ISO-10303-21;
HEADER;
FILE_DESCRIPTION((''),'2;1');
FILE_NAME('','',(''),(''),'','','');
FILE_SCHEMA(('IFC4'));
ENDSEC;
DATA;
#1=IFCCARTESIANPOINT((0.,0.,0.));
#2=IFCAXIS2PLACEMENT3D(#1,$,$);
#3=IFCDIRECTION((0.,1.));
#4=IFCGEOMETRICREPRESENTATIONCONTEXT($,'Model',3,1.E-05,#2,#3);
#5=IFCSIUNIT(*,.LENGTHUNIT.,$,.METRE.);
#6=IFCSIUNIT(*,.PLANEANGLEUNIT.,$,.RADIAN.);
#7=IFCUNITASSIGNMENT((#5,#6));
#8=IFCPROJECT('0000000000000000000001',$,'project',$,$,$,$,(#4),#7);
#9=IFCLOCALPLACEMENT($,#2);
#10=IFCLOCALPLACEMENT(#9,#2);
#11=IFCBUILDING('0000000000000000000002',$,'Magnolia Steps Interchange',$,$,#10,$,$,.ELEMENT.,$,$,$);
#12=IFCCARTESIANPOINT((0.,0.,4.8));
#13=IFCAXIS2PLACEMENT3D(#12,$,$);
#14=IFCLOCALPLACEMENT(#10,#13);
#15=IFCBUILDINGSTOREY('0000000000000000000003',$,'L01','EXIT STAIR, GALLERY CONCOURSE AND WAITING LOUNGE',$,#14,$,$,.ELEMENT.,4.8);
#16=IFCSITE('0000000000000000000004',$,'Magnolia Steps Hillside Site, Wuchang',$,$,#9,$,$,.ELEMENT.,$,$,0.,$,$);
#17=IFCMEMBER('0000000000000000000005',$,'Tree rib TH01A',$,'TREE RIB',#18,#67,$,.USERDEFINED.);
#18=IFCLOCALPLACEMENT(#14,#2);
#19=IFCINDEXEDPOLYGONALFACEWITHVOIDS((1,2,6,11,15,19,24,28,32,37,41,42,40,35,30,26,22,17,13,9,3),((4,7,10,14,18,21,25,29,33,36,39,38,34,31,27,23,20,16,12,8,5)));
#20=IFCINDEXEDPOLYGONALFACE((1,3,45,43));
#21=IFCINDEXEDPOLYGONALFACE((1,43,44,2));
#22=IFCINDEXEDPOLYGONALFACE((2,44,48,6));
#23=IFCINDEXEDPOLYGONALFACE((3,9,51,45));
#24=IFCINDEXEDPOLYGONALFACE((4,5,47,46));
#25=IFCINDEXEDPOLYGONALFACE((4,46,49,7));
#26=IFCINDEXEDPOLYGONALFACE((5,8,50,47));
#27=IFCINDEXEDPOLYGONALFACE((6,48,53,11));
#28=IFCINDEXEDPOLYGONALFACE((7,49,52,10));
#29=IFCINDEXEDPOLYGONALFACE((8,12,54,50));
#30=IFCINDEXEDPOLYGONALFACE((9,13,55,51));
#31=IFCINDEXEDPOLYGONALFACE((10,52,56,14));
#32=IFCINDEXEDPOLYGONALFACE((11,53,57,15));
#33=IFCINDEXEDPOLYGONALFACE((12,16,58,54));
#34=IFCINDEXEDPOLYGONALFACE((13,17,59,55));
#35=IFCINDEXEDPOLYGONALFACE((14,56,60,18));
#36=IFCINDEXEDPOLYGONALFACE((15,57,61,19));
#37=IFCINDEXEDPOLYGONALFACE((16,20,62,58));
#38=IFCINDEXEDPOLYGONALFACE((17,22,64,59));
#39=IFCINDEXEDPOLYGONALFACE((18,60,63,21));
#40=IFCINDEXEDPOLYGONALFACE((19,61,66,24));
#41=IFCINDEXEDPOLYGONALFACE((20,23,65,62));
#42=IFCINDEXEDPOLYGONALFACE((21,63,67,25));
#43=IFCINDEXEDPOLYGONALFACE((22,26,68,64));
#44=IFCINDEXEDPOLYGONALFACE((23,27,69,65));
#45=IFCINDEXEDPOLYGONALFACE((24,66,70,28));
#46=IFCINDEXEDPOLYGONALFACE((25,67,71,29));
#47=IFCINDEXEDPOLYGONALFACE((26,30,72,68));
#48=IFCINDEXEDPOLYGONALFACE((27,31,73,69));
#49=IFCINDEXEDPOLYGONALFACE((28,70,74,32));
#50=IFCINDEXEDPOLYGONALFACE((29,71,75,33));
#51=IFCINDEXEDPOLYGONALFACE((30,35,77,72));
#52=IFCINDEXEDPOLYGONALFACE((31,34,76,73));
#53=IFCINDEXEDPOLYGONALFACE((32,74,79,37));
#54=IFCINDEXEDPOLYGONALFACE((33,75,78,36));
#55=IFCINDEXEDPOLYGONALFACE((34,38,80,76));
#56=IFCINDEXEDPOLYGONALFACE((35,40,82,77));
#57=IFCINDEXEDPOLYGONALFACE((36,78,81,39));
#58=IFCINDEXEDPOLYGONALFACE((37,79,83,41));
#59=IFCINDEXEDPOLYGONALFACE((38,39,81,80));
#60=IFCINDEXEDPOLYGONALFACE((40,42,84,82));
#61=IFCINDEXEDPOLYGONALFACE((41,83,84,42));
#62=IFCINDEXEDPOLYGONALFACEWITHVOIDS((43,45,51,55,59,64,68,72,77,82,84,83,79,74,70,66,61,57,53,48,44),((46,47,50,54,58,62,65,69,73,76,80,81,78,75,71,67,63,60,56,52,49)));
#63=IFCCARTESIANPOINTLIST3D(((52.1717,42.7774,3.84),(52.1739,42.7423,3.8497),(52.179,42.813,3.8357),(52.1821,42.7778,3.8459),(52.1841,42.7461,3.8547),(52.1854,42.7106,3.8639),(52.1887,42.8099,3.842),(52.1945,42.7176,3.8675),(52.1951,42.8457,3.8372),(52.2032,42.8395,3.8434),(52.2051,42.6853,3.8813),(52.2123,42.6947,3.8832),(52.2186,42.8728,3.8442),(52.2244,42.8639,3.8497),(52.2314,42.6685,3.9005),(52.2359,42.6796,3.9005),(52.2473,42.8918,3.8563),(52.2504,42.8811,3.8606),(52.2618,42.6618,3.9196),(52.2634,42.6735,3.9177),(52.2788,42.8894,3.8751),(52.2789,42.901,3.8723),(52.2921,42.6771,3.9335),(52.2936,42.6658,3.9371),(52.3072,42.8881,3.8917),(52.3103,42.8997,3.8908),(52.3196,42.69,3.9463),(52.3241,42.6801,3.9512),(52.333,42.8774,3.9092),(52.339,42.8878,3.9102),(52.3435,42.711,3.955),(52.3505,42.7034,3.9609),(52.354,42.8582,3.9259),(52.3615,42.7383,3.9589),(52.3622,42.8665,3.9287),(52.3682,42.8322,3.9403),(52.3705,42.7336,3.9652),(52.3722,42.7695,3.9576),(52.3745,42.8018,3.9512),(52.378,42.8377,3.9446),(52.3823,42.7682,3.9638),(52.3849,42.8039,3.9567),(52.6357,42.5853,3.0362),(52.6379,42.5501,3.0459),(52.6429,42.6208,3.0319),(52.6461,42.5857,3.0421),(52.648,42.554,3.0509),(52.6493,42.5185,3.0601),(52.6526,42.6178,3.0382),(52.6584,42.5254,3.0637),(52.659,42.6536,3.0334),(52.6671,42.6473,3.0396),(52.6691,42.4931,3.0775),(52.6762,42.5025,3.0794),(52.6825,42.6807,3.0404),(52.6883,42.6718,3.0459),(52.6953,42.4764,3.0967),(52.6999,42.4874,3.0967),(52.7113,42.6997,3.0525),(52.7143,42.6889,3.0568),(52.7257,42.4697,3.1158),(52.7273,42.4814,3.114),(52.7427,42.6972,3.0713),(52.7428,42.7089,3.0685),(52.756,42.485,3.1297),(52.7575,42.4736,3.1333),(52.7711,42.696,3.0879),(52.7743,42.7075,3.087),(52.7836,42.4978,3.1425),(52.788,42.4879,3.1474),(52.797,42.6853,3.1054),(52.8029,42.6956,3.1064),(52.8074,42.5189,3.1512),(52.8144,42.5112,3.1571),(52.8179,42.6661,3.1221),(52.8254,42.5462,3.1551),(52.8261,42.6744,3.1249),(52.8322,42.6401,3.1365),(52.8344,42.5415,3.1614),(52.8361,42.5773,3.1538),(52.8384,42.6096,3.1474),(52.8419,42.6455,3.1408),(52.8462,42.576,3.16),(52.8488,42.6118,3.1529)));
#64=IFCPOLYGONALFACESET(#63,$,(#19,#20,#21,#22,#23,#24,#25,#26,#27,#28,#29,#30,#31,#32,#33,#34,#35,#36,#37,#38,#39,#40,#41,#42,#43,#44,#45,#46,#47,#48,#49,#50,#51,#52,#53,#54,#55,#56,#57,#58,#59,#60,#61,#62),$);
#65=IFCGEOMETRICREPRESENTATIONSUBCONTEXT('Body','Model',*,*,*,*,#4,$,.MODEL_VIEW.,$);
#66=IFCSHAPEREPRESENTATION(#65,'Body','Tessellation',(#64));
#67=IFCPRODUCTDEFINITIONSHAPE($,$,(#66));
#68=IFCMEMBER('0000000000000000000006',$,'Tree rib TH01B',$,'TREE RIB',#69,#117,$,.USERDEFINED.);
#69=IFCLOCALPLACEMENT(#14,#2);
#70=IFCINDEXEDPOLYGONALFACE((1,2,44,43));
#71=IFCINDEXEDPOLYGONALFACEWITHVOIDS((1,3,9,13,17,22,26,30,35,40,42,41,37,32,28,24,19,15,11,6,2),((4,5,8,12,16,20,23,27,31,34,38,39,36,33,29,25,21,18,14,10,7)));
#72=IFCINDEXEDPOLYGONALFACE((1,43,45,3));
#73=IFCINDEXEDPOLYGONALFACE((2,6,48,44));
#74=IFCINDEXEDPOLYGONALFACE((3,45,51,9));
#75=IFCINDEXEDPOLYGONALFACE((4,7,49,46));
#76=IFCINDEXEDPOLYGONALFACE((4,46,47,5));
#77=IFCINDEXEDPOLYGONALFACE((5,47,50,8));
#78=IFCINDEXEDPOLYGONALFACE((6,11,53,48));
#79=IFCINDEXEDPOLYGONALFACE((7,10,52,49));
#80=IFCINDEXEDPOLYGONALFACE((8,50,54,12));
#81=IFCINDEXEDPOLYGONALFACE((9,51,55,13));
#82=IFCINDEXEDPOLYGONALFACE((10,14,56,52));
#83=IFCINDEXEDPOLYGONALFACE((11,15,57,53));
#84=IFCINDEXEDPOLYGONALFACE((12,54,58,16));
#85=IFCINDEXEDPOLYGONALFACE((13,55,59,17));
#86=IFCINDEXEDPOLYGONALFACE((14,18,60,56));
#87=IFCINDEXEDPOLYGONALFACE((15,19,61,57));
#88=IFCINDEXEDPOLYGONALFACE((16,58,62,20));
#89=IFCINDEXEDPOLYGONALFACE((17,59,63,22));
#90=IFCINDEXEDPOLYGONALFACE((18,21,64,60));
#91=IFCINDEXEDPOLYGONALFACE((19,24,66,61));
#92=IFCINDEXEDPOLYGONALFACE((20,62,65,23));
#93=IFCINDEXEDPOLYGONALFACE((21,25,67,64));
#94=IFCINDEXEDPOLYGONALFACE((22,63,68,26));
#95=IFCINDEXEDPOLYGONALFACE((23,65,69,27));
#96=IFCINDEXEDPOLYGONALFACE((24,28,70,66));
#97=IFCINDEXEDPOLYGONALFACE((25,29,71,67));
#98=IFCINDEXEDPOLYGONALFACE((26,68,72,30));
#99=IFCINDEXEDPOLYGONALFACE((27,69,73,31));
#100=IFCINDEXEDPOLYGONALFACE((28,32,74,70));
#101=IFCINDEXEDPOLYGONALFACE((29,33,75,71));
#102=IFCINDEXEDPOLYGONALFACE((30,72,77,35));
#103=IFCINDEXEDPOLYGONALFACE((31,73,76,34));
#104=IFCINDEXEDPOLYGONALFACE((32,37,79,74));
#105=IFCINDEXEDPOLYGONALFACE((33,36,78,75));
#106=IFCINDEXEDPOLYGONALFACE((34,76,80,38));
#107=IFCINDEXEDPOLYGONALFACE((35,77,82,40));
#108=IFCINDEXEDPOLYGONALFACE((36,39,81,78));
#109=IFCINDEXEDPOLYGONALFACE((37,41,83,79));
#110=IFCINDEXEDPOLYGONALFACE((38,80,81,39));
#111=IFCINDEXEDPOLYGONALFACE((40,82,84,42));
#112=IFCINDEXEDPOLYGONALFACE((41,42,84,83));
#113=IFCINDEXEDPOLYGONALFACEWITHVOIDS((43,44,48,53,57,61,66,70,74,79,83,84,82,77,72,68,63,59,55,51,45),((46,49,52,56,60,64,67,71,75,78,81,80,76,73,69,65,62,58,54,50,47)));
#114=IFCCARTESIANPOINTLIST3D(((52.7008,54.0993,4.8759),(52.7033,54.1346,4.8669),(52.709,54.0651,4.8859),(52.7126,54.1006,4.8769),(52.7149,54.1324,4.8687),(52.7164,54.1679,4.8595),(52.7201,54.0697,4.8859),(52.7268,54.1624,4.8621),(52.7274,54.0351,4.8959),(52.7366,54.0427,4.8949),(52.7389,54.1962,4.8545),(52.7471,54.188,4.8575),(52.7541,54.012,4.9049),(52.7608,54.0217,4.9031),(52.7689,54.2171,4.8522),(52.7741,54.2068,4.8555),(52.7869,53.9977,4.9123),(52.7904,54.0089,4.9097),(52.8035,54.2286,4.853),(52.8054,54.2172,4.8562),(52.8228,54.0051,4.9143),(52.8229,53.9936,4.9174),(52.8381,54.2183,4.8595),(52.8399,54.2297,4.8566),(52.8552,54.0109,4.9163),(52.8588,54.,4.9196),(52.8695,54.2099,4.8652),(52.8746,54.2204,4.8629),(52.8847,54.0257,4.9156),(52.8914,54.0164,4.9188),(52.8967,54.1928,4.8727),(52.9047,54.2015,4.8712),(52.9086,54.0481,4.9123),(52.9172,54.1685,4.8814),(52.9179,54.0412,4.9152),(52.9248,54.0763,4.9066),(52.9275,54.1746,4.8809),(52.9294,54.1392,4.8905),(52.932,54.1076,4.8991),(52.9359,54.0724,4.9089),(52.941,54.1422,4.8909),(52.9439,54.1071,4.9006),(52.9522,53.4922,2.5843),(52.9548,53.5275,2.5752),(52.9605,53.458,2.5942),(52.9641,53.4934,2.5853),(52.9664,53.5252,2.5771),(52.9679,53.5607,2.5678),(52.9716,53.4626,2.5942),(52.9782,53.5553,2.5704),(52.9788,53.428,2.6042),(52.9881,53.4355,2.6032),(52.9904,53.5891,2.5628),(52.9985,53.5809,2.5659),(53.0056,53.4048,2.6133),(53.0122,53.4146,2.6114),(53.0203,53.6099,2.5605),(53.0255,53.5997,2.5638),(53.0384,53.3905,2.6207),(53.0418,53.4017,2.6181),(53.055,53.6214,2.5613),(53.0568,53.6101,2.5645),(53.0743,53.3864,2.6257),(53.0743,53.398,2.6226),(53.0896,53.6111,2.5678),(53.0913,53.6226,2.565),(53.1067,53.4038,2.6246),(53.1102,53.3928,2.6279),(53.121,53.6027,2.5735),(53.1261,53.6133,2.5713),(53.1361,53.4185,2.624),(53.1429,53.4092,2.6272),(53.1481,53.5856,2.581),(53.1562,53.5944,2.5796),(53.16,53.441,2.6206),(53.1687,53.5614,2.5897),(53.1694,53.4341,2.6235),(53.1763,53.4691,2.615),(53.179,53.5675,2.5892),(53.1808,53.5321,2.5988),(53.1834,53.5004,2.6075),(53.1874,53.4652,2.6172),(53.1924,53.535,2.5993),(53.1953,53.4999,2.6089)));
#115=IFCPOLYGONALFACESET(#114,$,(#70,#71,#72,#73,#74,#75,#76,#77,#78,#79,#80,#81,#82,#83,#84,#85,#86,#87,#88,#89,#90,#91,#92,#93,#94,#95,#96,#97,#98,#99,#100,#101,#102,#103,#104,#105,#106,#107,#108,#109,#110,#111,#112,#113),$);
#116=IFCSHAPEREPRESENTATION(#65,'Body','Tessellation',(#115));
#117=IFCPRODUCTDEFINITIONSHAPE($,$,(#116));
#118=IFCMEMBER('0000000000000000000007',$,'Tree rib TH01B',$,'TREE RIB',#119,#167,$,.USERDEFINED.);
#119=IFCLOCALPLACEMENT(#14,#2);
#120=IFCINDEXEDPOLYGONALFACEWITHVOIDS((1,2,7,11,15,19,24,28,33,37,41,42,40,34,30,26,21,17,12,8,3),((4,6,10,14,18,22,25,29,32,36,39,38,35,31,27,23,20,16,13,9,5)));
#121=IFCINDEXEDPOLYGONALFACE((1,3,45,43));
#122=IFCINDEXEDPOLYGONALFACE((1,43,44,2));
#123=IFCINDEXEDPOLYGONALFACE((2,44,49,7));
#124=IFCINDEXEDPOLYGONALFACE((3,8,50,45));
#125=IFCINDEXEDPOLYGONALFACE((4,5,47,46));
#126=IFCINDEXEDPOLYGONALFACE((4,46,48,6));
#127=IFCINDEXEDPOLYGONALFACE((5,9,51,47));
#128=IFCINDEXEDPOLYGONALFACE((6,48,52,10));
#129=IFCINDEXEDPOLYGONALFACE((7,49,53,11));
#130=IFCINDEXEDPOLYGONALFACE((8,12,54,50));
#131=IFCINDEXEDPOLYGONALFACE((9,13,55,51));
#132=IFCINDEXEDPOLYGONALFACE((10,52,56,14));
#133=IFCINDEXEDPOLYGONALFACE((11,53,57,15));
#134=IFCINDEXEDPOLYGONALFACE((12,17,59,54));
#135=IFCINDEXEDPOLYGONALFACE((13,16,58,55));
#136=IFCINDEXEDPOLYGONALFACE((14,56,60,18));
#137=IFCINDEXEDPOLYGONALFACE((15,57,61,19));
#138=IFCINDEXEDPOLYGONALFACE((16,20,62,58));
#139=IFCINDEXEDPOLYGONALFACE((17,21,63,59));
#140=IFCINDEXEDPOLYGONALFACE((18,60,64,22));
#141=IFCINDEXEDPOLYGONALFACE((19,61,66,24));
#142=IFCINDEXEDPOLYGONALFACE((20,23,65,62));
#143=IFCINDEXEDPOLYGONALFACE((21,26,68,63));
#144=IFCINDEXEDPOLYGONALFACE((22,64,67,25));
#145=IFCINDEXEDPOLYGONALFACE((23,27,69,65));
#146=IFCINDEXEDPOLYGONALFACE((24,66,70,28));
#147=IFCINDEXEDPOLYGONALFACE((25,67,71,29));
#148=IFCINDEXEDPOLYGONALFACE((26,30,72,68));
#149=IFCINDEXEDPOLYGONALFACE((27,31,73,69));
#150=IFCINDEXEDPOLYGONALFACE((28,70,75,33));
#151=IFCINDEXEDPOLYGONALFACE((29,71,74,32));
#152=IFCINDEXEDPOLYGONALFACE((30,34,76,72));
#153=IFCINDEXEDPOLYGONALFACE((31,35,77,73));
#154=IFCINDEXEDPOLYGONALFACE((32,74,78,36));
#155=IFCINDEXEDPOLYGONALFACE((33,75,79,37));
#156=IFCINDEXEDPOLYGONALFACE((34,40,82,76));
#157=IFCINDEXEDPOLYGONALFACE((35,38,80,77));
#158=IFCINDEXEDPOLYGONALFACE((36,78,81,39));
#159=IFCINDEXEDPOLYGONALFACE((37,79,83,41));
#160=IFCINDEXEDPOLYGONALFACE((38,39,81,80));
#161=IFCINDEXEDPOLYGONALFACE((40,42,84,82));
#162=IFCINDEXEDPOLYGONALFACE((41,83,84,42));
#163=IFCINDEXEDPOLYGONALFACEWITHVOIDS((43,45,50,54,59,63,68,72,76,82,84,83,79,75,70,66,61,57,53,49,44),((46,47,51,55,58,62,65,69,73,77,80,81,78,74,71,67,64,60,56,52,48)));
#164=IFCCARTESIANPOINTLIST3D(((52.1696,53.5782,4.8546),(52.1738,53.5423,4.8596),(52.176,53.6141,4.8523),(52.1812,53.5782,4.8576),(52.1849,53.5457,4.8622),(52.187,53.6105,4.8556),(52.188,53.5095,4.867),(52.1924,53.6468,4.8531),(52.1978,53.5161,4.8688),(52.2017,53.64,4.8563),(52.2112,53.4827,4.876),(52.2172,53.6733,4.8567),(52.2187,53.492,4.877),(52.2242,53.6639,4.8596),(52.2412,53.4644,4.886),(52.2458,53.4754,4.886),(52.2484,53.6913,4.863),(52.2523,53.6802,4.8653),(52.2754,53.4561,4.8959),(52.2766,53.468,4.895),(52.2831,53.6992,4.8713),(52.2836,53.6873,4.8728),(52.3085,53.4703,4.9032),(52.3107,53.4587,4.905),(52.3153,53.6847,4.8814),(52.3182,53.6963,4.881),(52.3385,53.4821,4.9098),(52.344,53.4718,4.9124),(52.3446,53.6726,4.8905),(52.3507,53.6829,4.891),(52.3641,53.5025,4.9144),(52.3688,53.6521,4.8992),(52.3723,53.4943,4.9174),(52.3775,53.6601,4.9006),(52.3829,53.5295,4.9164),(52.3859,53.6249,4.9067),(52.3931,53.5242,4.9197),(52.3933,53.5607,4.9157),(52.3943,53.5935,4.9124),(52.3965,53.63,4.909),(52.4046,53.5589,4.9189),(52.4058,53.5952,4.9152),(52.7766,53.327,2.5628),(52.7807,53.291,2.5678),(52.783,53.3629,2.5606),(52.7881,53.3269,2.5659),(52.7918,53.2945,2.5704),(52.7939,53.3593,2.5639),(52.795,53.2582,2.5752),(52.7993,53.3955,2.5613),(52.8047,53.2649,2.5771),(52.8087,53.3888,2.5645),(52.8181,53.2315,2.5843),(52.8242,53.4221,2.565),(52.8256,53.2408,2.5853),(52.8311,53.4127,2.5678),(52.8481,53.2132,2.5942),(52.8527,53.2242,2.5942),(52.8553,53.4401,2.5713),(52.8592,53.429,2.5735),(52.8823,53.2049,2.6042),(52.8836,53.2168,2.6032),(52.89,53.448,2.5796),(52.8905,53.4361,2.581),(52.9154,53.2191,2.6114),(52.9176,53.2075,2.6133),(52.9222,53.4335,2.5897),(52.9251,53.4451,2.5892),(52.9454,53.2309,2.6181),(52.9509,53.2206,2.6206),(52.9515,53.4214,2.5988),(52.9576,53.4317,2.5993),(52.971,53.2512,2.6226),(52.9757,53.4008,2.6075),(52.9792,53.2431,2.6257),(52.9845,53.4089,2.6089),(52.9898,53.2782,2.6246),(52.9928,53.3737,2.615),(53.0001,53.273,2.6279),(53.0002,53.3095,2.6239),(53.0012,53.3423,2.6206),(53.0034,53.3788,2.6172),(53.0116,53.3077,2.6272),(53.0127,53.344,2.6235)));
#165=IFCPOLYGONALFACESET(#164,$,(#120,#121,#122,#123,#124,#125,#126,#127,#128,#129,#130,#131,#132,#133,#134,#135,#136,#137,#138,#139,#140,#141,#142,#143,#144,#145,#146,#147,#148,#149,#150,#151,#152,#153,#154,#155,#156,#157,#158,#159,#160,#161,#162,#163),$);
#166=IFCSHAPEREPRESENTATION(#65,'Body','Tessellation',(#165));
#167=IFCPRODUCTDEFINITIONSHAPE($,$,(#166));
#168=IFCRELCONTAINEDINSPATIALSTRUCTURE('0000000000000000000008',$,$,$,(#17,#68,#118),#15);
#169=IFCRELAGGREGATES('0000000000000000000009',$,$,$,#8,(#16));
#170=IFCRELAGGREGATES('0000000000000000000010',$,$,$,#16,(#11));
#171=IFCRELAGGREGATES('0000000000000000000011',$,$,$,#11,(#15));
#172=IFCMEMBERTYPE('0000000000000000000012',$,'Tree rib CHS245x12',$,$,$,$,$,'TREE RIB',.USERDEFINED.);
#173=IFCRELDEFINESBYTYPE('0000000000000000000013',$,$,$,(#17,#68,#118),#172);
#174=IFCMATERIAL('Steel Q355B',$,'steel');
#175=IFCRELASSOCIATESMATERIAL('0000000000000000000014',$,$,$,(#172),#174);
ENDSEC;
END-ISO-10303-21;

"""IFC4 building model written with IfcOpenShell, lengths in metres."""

from ifc_helpers import new_model, si_unit, direction, frame, origin, origin_2d, place, context, subcontext, project, spatial, hollow_circle, extrude, material, material_profile, profile_set, type_object, element, save


model = new_model("IFC4")

# Units and contexts
model_context = context("Model", 3, precision=1e-05, world=origin(), true_north=direction((0.0, 1.0)))
body_context = subcontext(model_context, "Body", "Model", "MODEL_VIEW")
ifc_project = project(units=[si_unit("LENGTHUNIT", "METRE"), si_unit("PLANEANGLEUNIT", "RADIAN")], contexts=[model_context])

# Site, building, storey
site_placement = place(None, origin())
site = spatial("IfcSite", under=ifc_project, at=site_placement, Name="Magnolia Steps Hillside Site, Wuchang", CompositionType="ELEMENT", RefElevation=0.0)
building_placement = place(site_placement, origin())
building = spatial("IfcBuilding", under=site, at=building_placement, Name="Magnolia Steps Interchange", CompositionType="ELEMENT")
storey_placement = place(building_placement, frame((0.0, 0.0, 4.8)))
storey = spatial("IfcBuildingStorey", under=building, at=storey_placement, Name="L01", Description="EXIT STAIR, GALLERY CONCOURSE AND WAITING LOUNGE", CompositionType="ELEMENT", Elevation=4.8)

# Members
ifc_material_1 = material(Name="Steel Q355B", Category="steel")
ifc_material_profile_1 = material_profile(ifc_material_1, hollow_circle(Radius=0.1226, WallThickness=0.012, at=origin_2d()), Name="CHS245x12")
ifc_profile_set_1 = profile_set([ifc_material_profile_1], Name="Steel Q355B")
member_type = type_object("IfcMemberType", Name="Tree rib CHS245x12", ElementType="TREE RIB", PredefinedType="USERDEFINED", material=ifc_profile_set_1)
member_1_placement = place(storey_placement, frame((52.7422, 42.5896, 3.0967), z_axis=(-0.489492, 0.202753, 0.848109), x_axis=(-0.382681, -0.923881, 0.0)))
element("IfcMember", 1, at=member_1_placement, inside=storey, type_object=member_type, Name="Tree rib TH01A", ObjectType="TREE RIB", PredefinedType="USERDEFINED", context=body_context, shape_type="SweptSolid", body=[
    extrude(hollow_circle(Radius=0.1226, WallThickness=0.012, at=origin_2d()), origin(), (0.0, 0.0, 1.0), 0.9478),
])
for number, where, z_axis, x_axis, name in (
    (2, (53.0737, 53.5049, 2.5942), (-0.105475, 0.254676, 0.961257), (-0.923899, -0.382636, 0.0), "Tree rib TH01B"),
    (3, (52.895, 53.3264, 2.5942), (-0.254583, 0.105377, 0.961292), (-0.38245, -0.923976, 0.0), "Tree rib TH01B"),
):
    element("IfcMember", number, at=place(storey_placement, frame(where, z_axis=z_axis, x_axis=x_axis)), inside=storey, type_object=member_type, Name=name, ObjectType="TREE RIB", PredefinedType="USERDEFINED", context=body_context, shape_type="SweptSolid", body=[
        extrude(hollow_circle(Radius=0.1226, WallThickness=0.012, at=origin_2d()), origin(), (0.0, 0.0, 1.0), 2.384),
    ])

save(model, "model.ifc")
